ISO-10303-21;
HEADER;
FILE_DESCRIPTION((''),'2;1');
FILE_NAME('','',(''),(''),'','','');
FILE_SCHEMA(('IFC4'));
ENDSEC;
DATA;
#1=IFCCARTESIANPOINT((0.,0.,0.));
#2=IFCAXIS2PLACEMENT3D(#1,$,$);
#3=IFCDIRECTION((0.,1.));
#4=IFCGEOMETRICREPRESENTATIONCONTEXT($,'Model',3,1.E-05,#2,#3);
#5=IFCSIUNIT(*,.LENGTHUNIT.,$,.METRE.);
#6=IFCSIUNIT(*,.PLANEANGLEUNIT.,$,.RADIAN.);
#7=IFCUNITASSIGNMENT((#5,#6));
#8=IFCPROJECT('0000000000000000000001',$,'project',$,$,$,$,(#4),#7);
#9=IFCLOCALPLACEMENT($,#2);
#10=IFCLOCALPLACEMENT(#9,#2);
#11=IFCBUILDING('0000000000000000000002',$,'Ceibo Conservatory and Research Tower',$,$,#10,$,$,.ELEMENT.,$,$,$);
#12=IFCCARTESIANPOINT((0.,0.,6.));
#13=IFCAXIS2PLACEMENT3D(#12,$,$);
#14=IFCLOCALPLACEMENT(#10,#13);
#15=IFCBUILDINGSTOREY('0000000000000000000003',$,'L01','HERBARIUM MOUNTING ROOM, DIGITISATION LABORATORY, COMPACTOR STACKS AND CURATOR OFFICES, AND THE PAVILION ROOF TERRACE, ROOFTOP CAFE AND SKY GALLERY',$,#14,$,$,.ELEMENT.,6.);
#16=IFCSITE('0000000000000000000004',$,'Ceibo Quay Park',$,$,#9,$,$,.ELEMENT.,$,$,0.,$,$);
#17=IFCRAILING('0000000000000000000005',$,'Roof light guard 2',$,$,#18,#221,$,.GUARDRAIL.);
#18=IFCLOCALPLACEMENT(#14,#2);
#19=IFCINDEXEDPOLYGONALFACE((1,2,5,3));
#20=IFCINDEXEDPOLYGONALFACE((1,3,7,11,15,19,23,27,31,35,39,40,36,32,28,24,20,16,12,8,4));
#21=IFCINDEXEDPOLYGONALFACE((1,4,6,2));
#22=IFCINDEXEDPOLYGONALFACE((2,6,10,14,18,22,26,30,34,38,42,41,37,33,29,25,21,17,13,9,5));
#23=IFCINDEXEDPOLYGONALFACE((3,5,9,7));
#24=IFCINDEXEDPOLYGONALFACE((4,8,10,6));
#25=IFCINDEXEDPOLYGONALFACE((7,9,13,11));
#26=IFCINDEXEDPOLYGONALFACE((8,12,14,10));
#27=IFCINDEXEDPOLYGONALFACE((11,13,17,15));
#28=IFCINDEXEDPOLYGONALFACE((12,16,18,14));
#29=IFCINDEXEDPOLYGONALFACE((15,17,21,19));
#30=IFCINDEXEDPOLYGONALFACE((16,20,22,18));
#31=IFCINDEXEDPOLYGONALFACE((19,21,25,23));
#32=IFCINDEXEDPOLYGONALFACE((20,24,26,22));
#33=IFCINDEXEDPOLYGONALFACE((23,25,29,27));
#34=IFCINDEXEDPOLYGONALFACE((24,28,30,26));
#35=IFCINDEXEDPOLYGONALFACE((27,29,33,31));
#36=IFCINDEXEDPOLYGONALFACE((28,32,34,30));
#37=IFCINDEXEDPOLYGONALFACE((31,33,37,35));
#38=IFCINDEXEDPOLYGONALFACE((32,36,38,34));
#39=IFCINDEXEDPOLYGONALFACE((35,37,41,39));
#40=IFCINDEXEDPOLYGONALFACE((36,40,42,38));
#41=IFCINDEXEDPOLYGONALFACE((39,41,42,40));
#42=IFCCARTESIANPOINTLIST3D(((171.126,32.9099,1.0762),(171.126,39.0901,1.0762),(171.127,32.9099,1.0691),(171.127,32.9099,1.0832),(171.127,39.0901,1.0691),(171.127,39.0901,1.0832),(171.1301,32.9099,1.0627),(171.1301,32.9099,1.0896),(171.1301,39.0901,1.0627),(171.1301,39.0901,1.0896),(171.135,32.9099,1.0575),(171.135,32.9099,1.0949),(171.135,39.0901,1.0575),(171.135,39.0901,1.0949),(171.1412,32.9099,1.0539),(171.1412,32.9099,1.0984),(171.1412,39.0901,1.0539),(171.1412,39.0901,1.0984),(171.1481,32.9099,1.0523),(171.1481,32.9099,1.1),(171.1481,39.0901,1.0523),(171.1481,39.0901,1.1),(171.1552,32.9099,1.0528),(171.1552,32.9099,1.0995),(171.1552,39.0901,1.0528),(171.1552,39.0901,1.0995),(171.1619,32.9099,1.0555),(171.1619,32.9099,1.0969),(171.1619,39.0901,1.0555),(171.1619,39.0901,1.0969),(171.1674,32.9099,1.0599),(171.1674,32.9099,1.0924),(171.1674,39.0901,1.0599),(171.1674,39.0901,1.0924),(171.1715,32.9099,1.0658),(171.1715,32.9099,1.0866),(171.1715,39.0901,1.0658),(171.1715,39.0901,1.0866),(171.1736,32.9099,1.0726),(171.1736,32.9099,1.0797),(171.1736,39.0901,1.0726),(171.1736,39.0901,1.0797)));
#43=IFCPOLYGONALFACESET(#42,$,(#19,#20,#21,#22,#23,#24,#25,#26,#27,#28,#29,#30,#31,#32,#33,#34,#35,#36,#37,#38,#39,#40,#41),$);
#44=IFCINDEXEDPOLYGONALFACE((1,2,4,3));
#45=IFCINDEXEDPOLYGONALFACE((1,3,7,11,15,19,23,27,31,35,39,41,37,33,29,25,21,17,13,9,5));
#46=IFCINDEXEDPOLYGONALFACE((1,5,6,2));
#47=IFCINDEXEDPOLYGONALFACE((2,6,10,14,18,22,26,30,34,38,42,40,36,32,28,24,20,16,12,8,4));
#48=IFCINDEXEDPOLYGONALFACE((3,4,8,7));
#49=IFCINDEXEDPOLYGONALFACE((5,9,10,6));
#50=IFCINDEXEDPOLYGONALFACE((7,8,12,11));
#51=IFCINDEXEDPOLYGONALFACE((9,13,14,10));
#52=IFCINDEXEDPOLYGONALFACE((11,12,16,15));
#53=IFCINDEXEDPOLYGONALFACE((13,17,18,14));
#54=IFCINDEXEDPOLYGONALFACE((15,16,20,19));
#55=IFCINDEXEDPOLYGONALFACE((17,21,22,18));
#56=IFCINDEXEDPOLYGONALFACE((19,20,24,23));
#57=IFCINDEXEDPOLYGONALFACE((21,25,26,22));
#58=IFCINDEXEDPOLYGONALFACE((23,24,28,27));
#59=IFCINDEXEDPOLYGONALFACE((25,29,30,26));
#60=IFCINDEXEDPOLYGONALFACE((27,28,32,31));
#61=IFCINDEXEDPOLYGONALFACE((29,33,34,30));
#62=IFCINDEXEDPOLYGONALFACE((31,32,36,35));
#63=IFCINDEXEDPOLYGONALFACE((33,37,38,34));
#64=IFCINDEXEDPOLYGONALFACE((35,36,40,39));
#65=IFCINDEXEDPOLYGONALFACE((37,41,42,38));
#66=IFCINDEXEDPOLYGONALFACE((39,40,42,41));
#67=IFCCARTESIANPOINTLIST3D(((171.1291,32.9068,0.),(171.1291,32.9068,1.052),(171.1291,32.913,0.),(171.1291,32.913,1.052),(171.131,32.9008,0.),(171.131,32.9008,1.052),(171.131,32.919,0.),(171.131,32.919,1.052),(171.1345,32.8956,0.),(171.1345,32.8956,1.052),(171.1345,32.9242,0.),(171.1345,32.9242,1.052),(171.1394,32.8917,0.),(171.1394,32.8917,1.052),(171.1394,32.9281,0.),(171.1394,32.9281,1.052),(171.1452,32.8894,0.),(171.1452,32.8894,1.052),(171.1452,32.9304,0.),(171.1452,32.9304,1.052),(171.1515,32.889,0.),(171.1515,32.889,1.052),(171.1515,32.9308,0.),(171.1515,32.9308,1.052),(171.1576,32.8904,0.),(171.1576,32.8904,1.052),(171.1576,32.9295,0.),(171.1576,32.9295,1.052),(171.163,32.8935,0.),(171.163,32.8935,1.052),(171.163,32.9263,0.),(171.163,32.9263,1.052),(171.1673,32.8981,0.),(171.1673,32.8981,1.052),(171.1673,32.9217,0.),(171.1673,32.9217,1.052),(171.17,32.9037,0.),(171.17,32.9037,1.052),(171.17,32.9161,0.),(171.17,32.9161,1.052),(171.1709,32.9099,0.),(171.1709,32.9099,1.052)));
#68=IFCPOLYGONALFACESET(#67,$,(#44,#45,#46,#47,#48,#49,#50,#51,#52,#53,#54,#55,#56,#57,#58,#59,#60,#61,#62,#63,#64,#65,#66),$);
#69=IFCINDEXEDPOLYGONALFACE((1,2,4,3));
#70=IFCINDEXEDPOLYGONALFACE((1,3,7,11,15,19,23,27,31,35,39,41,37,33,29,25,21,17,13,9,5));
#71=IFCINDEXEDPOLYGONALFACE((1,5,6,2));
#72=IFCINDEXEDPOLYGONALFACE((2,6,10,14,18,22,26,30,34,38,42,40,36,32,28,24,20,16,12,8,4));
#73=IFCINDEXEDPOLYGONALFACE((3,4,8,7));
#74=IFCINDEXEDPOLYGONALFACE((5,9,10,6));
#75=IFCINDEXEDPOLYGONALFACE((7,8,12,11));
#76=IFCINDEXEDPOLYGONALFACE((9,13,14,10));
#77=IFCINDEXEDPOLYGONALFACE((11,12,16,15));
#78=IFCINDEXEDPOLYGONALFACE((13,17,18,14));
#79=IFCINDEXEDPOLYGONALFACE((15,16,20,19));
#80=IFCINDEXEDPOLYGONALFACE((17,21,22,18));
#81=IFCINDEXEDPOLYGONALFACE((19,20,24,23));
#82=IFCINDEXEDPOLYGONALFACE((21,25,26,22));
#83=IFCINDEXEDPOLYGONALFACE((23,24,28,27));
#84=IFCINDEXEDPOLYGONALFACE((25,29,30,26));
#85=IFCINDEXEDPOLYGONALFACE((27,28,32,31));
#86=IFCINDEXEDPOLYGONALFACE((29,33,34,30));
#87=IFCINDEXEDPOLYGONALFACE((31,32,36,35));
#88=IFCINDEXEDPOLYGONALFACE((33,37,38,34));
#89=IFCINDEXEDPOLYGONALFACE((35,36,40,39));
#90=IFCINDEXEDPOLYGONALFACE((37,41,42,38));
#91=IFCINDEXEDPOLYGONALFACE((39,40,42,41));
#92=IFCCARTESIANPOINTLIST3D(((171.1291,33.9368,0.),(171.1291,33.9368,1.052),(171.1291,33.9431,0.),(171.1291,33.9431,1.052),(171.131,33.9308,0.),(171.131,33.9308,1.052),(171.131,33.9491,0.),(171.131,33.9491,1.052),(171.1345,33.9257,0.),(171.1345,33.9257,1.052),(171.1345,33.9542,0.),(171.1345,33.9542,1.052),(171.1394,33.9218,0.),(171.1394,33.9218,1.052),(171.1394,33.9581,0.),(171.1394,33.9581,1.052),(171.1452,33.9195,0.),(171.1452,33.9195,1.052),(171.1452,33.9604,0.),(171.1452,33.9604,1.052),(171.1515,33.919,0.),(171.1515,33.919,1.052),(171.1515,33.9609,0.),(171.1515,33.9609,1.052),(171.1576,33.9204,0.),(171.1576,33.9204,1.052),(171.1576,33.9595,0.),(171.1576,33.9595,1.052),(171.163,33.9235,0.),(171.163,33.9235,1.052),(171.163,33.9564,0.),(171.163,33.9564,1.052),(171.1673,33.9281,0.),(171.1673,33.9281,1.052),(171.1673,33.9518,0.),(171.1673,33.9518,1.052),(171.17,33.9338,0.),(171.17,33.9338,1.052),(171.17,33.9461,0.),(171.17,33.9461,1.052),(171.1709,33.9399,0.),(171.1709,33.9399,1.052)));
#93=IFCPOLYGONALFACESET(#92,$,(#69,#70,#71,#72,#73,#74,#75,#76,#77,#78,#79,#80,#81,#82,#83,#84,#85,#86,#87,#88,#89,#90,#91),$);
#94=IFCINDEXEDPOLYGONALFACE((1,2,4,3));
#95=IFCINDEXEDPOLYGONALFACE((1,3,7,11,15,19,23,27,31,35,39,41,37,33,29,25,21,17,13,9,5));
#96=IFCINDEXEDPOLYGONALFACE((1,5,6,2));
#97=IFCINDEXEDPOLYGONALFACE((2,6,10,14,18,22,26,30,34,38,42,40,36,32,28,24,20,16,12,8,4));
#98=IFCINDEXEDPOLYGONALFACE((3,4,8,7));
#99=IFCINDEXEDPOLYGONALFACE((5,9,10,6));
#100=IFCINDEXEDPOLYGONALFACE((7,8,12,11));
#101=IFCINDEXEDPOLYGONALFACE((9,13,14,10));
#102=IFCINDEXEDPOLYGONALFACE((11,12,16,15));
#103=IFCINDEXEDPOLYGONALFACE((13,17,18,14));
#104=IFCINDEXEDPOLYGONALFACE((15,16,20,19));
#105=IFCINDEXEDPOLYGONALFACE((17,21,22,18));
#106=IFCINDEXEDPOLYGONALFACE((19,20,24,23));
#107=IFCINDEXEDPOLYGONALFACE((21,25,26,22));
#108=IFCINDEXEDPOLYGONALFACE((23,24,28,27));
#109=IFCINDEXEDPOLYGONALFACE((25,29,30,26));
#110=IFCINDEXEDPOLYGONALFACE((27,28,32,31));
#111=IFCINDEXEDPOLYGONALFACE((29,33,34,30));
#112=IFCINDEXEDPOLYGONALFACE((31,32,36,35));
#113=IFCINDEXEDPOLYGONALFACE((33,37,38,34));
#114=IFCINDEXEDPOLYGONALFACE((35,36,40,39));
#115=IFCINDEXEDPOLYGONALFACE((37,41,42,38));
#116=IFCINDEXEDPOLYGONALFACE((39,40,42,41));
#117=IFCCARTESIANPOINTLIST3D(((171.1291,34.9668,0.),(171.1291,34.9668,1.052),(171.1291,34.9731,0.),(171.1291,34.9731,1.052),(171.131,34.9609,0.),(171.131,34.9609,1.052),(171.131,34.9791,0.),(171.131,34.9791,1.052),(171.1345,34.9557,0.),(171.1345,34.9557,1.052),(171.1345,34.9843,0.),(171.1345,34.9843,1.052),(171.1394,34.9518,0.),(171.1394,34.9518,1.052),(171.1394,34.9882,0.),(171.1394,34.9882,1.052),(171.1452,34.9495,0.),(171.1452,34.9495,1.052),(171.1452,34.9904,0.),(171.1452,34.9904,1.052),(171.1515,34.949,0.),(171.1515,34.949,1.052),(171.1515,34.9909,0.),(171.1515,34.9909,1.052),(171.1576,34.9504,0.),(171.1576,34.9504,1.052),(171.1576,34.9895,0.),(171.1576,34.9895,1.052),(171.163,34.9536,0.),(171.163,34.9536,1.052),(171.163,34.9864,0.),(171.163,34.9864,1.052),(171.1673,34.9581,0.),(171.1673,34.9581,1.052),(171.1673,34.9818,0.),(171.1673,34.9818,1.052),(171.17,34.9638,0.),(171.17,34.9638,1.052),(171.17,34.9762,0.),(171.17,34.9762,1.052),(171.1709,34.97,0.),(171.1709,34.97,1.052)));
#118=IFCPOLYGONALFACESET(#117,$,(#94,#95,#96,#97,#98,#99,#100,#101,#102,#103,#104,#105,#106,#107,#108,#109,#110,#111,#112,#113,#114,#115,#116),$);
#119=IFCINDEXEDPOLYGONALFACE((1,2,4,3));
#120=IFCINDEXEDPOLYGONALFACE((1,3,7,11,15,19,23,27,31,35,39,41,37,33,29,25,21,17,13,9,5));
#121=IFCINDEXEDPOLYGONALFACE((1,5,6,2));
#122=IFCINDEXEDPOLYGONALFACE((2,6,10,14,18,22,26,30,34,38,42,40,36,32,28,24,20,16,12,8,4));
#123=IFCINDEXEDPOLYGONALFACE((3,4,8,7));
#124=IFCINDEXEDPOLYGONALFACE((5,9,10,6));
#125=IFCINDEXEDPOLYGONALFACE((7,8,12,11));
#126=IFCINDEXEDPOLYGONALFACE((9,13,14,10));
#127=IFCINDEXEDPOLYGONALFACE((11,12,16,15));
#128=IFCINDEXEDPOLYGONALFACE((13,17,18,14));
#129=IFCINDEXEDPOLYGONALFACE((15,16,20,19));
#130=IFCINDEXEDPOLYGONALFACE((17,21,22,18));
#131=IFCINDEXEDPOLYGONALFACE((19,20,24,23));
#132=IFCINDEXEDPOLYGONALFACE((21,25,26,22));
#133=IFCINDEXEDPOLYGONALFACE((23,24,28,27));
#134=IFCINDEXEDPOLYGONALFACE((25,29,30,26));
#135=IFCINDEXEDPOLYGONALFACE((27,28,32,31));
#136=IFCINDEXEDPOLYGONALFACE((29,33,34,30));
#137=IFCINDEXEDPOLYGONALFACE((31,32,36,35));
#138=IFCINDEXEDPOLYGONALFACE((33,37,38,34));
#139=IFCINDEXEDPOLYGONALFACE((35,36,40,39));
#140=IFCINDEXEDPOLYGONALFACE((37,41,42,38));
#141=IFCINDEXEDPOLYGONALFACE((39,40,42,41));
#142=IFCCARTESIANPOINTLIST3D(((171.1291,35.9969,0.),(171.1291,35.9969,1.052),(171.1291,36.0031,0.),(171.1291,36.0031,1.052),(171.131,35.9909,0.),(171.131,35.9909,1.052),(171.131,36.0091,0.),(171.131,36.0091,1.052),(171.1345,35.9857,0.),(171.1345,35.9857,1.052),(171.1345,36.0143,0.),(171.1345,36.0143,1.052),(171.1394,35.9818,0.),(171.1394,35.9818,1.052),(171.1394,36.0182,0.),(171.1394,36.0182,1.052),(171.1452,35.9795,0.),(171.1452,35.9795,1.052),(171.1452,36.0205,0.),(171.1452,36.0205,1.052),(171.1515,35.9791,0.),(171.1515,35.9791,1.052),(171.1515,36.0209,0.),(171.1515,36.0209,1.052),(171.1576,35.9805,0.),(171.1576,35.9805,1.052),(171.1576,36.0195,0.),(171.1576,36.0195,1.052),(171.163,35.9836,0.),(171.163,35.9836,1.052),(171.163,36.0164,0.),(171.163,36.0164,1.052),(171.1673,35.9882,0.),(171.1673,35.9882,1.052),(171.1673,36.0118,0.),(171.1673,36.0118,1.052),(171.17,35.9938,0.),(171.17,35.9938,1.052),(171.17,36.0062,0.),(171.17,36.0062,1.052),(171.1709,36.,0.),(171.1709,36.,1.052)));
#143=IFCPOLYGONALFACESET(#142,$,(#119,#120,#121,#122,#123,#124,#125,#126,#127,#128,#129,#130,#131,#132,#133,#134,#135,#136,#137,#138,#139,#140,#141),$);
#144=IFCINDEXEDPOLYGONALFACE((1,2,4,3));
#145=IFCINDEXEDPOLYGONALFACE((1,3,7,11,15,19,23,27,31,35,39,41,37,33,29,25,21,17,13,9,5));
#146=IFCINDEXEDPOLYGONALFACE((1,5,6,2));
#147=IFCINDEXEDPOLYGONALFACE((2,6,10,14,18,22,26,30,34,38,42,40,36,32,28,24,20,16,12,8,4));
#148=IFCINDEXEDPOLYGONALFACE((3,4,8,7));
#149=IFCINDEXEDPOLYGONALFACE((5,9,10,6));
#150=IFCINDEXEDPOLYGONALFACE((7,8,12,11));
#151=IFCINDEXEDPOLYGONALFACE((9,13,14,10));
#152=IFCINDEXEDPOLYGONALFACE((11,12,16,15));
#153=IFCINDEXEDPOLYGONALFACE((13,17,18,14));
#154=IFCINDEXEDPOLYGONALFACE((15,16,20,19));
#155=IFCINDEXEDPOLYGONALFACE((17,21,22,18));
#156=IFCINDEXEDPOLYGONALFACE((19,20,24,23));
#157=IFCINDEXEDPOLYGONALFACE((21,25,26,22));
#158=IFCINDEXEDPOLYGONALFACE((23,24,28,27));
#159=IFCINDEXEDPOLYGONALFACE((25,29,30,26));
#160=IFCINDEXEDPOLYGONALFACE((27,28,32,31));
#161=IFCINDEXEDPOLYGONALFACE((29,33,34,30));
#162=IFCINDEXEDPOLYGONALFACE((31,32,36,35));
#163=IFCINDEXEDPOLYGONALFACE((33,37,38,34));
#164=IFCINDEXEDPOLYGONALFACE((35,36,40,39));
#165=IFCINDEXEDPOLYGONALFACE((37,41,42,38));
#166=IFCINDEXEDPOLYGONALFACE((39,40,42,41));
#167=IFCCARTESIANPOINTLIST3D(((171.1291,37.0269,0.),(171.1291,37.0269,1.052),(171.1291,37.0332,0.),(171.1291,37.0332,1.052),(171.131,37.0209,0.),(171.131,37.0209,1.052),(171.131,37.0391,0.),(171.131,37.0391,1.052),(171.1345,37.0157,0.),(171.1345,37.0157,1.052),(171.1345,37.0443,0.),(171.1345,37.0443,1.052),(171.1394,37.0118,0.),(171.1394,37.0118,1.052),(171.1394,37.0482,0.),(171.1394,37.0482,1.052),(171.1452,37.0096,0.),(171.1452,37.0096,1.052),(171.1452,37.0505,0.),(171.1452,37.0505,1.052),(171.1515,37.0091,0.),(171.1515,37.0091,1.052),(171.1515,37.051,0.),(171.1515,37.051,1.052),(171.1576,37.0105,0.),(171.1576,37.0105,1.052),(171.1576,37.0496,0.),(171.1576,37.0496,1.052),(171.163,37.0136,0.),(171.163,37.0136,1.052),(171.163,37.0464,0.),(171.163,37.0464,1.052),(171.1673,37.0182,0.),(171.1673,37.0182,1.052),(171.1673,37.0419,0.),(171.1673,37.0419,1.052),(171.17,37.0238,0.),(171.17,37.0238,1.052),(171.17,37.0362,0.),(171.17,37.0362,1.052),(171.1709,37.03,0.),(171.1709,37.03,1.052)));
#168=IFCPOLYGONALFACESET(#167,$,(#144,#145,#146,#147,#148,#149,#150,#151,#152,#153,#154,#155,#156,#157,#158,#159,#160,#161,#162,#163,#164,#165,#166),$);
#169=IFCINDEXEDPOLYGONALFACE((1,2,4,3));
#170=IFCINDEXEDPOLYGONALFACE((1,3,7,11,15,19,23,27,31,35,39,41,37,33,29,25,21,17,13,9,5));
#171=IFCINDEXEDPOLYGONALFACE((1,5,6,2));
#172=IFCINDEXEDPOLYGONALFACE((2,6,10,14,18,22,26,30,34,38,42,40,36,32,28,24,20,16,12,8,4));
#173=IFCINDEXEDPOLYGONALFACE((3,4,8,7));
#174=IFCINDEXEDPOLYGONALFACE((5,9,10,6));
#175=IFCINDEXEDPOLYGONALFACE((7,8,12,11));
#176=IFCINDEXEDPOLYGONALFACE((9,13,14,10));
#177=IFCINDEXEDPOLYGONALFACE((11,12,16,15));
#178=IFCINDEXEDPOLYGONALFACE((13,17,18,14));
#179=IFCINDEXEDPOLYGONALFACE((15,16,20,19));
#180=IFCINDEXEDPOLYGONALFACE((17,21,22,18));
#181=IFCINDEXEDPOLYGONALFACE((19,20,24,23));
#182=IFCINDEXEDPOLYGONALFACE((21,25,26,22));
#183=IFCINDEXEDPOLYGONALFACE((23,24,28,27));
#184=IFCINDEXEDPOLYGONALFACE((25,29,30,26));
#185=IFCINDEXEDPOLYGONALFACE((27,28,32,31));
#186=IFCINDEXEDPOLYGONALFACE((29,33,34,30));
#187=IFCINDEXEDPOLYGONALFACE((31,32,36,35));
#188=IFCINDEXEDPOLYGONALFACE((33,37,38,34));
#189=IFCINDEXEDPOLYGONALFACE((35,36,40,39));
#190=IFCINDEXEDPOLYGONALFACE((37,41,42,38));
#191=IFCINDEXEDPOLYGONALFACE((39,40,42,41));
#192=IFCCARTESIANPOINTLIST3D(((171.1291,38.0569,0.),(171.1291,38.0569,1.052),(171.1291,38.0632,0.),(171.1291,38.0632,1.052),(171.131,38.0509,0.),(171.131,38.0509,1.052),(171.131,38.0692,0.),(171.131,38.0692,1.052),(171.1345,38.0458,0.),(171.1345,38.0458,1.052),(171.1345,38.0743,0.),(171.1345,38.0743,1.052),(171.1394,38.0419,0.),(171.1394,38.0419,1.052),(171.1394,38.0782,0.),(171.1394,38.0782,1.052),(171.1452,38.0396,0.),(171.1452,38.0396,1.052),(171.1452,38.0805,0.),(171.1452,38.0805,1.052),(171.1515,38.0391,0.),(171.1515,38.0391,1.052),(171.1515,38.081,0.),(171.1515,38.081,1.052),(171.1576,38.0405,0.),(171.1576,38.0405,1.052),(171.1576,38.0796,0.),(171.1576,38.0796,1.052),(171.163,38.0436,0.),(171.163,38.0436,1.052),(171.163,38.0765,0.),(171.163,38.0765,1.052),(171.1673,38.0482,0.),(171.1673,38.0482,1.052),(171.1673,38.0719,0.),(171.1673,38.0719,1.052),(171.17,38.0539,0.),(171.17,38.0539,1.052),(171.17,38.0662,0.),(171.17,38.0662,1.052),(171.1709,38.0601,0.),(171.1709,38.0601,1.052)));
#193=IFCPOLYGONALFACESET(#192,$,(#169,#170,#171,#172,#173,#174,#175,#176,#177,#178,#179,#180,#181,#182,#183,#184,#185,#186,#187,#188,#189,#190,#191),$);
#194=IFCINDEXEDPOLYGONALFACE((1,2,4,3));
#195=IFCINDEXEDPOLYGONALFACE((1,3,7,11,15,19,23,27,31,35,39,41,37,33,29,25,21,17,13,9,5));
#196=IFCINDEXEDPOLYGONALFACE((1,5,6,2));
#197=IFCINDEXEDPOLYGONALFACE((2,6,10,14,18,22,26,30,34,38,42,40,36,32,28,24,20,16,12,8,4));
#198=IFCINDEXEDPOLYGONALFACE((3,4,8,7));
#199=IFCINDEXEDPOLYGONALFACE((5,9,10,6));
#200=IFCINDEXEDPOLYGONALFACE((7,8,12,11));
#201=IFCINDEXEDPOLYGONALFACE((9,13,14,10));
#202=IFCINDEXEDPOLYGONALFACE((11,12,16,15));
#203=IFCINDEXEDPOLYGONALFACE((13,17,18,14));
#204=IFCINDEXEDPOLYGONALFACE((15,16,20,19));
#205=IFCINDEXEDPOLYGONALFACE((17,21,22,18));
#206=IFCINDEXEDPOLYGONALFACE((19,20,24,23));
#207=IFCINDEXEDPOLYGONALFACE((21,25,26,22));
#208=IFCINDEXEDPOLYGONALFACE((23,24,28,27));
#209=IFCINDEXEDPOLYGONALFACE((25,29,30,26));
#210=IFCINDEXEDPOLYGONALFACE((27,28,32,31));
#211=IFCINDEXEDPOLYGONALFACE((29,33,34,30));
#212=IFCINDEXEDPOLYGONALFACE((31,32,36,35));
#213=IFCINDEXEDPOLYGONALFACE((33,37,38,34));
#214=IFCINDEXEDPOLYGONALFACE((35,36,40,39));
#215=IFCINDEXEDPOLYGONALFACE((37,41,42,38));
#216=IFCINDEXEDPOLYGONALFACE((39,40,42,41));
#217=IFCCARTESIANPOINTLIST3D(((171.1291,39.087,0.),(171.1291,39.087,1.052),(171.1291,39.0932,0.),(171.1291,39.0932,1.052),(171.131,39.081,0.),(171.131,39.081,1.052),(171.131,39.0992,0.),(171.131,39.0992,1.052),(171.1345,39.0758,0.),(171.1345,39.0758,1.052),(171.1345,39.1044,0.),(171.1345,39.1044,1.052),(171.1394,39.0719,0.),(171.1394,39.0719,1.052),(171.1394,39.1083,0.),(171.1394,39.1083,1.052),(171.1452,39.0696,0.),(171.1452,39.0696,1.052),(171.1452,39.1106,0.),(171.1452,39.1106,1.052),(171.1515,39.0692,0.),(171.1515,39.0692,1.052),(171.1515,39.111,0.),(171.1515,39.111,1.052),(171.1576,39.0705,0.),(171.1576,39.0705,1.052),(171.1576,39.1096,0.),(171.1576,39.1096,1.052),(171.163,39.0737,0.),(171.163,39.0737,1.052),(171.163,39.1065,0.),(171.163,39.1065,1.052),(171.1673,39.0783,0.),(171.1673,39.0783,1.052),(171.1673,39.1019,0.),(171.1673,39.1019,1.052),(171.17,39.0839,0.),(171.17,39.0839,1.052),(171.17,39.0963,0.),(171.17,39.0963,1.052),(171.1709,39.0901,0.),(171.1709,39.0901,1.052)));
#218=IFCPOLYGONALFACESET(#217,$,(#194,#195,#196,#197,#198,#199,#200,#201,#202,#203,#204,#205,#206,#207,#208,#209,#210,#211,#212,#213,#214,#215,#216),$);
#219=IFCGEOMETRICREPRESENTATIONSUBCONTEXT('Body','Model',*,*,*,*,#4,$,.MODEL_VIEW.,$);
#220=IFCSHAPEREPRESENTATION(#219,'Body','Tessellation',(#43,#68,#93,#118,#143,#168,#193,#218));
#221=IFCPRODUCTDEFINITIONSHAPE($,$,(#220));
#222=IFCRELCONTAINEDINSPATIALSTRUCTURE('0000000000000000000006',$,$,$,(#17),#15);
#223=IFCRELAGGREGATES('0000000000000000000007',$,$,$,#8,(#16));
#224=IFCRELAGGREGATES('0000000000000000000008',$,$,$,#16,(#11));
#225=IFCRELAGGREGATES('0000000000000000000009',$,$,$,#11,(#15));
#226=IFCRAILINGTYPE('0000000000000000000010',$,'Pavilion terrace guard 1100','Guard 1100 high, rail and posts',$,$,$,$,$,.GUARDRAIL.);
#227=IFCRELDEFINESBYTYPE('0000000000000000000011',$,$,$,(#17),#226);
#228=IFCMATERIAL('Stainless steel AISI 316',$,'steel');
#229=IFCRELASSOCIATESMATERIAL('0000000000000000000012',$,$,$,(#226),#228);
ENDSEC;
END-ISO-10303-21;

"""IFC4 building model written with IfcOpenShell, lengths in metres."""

from ifc_helpers import new_model, si_unit, direction, frame, origin, origin_2d, place, context, subcontext, project, spatial, circle, extrude, material, type_object, element, save


model = new_model("IFC4")

# Units and contexts
model_context = context("Model", 3, precision=1e-05, world=origin(), true_north=direction((0.0, 1.0)))
body_context = subcontext(model_context, "Body", "Model", "MODEL_VIEW")
ifc_project = project(units=[si_unit("LENGTHUNIT", "METRE"), si_unit("PLANEANGLEUNIT", "RADIAN")], contexts=[model_context])

# Site, building, storey
site_placement = place(None, origin())
site = spatial("IfcSite", under=ifc_project, at=site_placement, Name="Ceibo Quay Park", CompositionType="ELEMENT", RefElevation=0.0)
building_placement = place(site_placement, origin())
building = spatial("IfcBuilding", under=site, at=building_placement, Name="Ceibo Conservatory and Research Tower", CompositionType="ELEMENT")
storey_placement = place(building_placement, frame((0.0, 0.0, 6.0)))
storey = spatial("IfcBuildingStorey", under=building, at=storey_placement, Name="L01", Description="HERBARIUM MOUNTING ROOM, DIGITISATION LABORATORY, COMPACTOR STACKS AND CURATOR OFFICES, AND THE PAVILION ROOF TERRACE, ROOFTOP CAFE AND SKY GALLERY", CompositionType="ELEMENT", Elevation=6.0)

# Railing
ifc_material_1 = material(Name="Stainless steel AISI 316", Category="steel")
railing_type = type_object("IfcRailingType", Name="Pavilion terrace guard 1100", Description="Guard 1100 high, rail and posts", PredefinedType="GUARDRAIL", material=ifc_material_1)
railing_1_placement = place(storey_placement, frame((171.1499, 32.9099, 0.0)))
element("IfcRailing", 1, at=railing_1_placement, inside=storey, type_object=railing_type, Name="Roof light guard 2", PredefinedType="GUARDRAIL", context=body_context, shape_type="SweptSolid", body=[
    extrude(circle(Radius=0.0239, at=origin_2d()), frame((0.0, 0.0, 1.0762), z_axis=(0.0, 1.0, 0.0), x_axis=(-1.0, 0.0, 0.0)), (0.0, 0.0, 1.0), 6.1802),
    extrude(circle(Radius=0.021, at=origin_2d()), origin(), (0.0, 0.0, 1.0), 1.052),
    extrude(circle(Radius=0.021, at=origin_2d()), frame((0.0, 1.03, 0.0)), (0.0, 0.0, 1.0), 1.052),
    extrude(circle(Radius=0.021, at=origin_2d()), frame((0.0, 2.0601, 0.0)), (0.0, 0.0, 1.0), 1.052),
    extrude(circle(Radius=0.021, at=origin_2d()), frame((0.0, 3.0901, 0.0)), (0.0, 0.0, 1.0), 1.052),
    extrude(circle(Radius=0.021, at=origin_2d()), frame((0.0, 4.1201, 0.0)), (0.0, 0.0, 1.0), 1.052),
    extrude(circle(Radius=0.021, at=origin_2d()), frame((0.0, 5.1501, 0.0)), (0.0, 0.0, 1.0), 1.052),
    extrude(circle(Radius=0.021, at=origin_2d()), frame((0.0, 6.1802, 0.0)), (0.0, 0.0, 1.0), 1.052),
])

save(model, "model.ifc")
